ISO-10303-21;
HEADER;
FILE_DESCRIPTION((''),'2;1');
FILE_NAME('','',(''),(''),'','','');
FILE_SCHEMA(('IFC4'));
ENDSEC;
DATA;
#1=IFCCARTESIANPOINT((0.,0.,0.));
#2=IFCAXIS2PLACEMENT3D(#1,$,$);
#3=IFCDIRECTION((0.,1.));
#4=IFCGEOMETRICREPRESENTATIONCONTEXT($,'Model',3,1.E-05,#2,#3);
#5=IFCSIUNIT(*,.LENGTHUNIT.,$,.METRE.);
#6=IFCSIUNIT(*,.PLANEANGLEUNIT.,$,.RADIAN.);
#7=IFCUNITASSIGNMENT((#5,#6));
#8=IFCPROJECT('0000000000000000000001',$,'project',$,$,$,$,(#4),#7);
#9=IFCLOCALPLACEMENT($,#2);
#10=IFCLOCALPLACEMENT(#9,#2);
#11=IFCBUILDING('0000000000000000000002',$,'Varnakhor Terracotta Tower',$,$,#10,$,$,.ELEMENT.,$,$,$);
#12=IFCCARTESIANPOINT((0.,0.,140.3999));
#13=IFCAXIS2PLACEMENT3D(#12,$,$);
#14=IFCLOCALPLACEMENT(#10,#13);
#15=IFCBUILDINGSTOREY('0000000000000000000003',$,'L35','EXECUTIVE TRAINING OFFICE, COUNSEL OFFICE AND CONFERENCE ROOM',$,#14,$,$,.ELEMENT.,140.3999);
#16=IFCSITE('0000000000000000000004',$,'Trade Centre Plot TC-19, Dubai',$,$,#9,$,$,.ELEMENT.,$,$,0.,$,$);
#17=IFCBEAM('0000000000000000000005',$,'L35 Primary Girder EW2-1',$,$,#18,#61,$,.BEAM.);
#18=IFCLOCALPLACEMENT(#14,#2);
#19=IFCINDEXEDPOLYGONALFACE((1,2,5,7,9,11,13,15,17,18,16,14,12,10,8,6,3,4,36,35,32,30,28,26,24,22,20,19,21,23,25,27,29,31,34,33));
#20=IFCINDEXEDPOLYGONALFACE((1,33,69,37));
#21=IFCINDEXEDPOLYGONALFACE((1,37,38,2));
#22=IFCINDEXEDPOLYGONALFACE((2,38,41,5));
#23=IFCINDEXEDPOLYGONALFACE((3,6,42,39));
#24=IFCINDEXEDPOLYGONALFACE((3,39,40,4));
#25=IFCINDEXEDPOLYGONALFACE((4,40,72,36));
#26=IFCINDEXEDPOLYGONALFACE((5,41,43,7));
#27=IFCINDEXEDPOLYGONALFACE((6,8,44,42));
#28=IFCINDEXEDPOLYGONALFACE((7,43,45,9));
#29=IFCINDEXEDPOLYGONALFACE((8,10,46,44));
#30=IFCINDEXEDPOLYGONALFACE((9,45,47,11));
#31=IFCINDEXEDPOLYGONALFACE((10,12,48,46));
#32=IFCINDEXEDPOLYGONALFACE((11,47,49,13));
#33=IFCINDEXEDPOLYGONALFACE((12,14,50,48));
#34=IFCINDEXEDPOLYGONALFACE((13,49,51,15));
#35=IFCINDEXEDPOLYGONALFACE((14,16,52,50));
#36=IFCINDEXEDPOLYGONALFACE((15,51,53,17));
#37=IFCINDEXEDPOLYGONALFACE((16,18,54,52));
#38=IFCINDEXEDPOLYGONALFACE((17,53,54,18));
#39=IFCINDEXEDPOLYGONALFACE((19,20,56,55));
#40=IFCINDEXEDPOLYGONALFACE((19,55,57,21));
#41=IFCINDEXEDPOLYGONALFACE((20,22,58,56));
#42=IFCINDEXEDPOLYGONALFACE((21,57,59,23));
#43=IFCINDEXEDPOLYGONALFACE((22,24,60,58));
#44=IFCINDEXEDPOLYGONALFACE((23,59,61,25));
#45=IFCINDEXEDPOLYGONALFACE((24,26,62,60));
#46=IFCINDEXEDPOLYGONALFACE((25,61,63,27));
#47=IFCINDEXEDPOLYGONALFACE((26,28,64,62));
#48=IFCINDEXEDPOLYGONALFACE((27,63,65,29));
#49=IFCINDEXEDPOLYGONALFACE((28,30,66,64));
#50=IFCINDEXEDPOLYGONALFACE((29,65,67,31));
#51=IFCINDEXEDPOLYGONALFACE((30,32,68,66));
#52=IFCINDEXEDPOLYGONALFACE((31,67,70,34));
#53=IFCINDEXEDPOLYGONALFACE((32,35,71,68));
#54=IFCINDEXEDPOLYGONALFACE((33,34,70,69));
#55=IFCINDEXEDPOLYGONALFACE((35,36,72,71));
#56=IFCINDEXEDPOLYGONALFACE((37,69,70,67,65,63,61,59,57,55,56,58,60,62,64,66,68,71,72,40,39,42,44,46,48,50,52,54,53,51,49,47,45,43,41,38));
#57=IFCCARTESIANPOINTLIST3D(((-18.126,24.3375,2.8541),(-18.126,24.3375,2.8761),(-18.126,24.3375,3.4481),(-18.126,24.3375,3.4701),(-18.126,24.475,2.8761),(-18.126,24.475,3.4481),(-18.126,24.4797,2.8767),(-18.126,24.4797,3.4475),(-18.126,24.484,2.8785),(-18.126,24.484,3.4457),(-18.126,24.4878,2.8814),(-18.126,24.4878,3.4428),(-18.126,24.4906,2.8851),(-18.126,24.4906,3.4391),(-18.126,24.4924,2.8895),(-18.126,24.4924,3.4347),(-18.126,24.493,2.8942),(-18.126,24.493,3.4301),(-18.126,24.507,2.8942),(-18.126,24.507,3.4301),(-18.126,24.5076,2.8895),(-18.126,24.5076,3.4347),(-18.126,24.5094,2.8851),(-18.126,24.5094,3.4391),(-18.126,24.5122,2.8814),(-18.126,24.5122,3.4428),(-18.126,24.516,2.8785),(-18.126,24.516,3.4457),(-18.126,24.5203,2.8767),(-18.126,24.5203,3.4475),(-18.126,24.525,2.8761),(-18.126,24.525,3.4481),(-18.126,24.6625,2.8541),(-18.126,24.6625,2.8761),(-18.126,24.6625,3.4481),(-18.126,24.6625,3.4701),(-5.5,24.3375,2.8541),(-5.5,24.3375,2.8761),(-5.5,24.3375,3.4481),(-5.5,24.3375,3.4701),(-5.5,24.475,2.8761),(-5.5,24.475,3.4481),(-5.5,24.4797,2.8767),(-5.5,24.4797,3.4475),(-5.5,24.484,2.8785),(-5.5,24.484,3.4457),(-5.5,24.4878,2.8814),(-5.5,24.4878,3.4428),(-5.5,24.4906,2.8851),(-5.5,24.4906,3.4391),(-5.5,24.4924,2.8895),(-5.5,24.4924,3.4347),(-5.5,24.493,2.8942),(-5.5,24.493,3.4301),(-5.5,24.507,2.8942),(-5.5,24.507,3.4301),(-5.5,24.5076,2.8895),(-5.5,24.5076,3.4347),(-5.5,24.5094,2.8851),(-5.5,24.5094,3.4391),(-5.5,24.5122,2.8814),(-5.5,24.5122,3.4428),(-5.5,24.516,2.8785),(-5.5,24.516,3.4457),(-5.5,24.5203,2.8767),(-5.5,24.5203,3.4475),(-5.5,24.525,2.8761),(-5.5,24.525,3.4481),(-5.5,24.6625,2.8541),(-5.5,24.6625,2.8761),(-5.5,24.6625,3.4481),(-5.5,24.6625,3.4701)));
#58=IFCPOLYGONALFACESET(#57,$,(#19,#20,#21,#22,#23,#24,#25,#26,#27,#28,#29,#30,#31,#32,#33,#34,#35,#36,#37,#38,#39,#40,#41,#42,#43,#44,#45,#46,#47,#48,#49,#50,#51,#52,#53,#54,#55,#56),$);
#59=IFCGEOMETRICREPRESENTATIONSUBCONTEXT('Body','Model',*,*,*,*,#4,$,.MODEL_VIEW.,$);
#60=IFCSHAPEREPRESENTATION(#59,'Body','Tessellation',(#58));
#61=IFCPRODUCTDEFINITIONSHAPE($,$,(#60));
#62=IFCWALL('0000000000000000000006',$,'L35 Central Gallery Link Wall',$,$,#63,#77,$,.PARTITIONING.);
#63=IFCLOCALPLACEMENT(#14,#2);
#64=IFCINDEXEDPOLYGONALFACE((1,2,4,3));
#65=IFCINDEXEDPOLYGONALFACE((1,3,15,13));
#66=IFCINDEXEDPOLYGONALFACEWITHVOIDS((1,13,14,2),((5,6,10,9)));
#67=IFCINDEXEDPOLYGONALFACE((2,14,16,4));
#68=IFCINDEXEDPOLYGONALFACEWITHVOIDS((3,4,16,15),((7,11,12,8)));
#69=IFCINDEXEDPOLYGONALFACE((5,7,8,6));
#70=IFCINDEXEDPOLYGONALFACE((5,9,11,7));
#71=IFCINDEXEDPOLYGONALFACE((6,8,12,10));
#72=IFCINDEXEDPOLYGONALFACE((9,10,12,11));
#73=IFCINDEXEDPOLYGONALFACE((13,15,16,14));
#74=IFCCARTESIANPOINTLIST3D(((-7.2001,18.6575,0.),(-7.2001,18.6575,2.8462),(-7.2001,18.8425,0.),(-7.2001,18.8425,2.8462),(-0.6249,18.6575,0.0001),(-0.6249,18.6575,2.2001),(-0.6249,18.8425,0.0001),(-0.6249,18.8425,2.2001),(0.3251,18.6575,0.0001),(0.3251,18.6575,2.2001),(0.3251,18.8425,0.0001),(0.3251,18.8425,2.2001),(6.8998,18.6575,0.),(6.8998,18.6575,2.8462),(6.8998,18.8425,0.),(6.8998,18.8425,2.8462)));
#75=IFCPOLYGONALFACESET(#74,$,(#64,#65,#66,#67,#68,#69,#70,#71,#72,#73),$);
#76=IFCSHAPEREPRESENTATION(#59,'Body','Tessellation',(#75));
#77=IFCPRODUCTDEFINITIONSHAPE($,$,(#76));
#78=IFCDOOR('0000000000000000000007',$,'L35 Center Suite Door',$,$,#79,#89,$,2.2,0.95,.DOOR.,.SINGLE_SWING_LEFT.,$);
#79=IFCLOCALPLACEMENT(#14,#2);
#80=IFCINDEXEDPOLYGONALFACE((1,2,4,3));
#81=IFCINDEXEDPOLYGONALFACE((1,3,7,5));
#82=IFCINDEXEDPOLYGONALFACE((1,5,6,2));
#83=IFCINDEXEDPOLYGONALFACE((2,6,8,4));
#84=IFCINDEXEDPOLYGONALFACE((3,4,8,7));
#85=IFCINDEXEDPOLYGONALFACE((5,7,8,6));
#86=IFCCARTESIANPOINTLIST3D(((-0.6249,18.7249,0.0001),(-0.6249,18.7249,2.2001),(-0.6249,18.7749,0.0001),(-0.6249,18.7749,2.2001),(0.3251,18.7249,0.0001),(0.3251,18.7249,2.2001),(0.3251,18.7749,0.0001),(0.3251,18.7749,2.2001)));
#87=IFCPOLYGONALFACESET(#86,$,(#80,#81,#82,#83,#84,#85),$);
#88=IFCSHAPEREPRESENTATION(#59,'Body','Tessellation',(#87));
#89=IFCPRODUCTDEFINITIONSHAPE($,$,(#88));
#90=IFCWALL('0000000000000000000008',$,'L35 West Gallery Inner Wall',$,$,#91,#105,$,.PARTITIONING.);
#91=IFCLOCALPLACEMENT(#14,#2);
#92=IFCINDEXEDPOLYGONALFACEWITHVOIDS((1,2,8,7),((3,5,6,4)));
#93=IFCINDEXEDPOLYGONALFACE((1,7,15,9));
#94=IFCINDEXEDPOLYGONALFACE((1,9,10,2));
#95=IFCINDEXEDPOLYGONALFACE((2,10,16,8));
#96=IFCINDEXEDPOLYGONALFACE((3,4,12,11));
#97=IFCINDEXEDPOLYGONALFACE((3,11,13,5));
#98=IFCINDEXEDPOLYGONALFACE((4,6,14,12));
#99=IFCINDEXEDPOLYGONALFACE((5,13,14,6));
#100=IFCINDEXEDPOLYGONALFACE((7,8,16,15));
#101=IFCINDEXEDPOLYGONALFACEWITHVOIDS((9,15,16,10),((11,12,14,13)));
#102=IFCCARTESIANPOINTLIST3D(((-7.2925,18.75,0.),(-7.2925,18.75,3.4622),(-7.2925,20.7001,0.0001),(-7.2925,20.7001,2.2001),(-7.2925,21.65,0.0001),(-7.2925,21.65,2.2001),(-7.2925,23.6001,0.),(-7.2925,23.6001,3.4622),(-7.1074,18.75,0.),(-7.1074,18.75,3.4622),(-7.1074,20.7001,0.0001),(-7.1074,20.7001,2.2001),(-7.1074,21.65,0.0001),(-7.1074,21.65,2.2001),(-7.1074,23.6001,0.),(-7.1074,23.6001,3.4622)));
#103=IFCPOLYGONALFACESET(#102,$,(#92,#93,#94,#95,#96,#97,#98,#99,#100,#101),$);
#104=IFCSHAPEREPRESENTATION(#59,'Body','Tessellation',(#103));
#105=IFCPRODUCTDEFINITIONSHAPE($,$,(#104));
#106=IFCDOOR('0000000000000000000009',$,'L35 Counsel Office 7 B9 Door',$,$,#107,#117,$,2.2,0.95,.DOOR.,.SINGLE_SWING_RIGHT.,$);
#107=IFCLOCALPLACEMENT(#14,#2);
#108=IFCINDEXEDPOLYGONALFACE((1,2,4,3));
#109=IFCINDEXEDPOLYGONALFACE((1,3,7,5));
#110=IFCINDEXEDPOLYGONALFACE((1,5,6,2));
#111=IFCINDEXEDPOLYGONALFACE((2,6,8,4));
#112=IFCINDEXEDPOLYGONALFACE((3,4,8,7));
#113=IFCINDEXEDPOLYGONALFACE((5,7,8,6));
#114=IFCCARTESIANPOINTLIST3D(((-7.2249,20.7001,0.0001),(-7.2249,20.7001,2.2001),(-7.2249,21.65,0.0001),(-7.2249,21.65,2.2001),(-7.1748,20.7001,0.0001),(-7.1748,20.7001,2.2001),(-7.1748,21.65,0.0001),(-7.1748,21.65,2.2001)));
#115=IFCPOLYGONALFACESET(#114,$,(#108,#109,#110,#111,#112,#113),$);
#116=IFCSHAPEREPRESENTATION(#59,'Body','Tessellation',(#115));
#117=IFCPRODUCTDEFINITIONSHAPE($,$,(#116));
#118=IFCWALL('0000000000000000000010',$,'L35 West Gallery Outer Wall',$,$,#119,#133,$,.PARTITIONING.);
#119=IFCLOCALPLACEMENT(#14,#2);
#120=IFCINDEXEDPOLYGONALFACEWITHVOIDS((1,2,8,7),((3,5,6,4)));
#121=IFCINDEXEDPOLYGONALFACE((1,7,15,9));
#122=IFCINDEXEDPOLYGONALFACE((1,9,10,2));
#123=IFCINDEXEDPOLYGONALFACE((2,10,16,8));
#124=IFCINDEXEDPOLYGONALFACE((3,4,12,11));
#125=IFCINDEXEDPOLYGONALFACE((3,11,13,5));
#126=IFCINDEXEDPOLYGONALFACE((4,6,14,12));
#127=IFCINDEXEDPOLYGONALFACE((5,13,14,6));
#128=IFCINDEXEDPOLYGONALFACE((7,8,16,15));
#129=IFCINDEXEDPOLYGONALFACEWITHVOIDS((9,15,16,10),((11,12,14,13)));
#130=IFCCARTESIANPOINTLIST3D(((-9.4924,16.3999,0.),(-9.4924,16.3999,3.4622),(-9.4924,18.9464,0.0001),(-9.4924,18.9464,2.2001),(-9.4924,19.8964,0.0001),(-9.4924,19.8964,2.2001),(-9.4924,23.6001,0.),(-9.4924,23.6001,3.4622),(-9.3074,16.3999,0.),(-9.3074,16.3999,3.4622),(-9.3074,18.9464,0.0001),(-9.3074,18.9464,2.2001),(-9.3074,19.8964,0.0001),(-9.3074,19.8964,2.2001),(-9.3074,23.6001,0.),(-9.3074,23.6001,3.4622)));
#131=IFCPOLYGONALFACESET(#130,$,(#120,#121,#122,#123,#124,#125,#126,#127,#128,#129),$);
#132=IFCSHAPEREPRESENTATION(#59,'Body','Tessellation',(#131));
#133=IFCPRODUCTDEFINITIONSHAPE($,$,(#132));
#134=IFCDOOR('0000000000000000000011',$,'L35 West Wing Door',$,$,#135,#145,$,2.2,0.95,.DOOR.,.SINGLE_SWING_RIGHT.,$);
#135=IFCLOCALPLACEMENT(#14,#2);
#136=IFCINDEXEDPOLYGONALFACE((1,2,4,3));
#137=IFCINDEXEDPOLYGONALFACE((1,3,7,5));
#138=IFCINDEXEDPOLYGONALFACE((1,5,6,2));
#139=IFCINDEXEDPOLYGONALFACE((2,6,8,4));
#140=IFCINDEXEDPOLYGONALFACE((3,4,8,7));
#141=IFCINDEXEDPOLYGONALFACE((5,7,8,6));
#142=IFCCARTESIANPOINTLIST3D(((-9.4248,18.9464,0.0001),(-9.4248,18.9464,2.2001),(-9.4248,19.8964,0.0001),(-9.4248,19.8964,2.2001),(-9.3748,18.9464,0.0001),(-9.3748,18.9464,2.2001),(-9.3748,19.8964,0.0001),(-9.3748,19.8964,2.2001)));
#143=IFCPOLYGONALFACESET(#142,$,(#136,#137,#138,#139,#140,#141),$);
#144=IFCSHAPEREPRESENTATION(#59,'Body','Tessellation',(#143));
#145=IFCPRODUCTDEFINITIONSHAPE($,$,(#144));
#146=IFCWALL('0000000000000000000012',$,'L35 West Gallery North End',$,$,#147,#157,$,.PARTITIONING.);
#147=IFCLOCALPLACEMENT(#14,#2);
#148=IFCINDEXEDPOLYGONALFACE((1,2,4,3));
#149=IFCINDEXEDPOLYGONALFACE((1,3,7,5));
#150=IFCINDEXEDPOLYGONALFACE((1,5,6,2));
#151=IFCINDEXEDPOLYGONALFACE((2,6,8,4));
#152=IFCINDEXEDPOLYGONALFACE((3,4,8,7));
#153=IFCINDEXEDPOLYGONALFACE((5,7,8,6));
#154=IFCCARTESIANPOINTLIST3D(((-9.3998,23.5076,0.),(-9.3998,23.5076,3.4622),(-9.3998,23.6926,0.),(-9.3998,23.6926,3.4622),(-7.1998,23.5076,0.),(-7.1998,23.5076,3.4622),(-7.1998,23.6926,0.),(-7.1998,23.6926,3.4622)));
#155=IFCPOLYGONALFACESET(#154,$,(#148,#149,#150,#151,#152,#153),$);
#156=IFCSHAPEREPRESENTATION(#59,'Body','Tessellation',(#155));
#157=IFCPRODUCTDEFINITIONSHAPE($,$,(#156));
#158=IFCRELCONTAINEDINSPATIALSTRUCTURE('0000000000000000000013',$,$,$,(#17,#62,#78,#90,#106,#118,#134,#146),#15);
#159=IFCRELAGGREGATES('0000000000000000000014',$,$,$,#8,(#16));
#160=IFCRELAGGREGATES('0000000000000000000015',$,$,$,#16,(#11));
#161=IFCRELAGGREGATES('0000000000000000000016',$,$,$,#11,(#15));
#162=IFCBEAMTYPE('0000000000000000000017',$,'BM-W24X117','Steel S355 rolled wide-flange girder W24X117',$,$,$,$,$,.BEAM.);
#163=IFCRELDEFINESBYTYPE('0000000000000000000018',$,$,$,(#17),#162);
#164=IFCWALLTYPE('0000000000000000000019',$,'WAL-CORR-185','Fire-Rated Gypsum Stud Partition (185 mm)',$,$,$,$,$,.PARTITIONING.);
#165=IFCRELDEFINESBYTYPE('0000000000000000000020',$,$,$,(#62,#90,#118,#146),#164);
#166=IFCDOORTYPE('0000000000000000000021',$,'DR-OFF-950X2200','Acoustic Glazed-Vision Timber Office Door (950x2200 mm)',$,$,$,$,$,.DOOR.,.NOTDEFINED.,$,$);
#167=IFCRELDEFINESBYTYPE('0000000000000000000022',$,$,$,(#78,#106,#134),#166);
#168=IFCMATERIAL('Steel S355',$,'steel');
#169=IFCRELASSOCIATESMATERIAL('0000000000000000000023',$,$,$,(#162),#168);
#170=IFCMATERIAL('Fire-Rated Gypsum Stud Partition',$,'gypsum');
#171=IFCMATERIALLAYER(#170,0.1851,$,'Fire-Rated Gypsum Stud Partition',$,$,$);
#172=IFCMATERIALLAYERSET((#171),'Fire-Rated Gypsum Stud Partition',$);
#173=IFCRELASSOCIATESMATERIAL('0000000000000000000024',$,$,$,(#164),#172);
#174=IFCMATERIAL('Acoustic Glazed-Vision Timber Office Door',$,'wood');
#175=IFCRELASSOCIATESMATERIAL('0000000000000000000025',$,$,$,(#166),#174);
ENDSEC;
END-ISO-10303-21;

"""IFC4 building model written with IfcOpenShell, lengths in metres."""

from ifc_helpers import new_model, si_unit, direction, frame, frame_2d, origin, origin_2d, place, context, subcontext, project, spatial, rectangle, i_section, extrude, source, transform, mapped, material, layer, layer_set, material_profile, profile_set, type_object, type_shapes, element, fill, save


model = new_model("IFC4")

# Units and contexts
model_context = context("Model", 3, precision=1e-05, world=origin(), true_north=direction((0.0, 1.0)))
body_context = subcontext(model_context, "Body", "Model", "MODEL_VIEW")
ifc_project = project(units=[si_unit("LENGTHUNIT", "METRE"), si_unit("PLANEANGLEUNIT", "RADIAN")], contexts=[model_context])

# Site, building, storey
site_placement = place(None, origin())
site = spatial("IfcSite", under=ifc_project, at=site_placement, Name="Trade Centre Plot TC-19, Dubai", CompositionType="ELEMENT", RefElevation=0.0)
building_placement = place(site_placement, origin())
building = spatial("IfcBuilding", under=site, at=building_placement, Name="Varnakhor Terracotta Tower", CompositionType="ELEMENT")
storey_placement = place(building_placement, frame((0.0, 0.0, 140.3999)))
storey = spatial("IfcBuildingStorey", under=building, at=storey_placement, Name="L35", Description="EXECUTIVE TRAINING OFFICE, COUNSEL OFFICE AND CONFERENCE ROOM", CompositionType="ELEMENT", Elevation=140.3999)

# Beam
ifc_material_1 = material(Name="Steel S355", Category="steel")
ifc_material_profile_1 = material_profile(ifc_material_1, i_section(OverallWidth=0.325, OverallDepth=0.616, WebThickness=0.0139, FlangeThickness=0.022, FilletRadius=0.0181, at=origin_2d()), Name="W24X117")
ifc_profile_set_1 = profile_set([ifc_material_profile_1], Name="Steel S355")
beam_type_1 = type_object("IfcBeamType", Name="BM-W24X117", Description="Steel S355 rolled wide-flange girder W24X117", PredefinedType="BEAM", material=ifc_profile_set_1)
shared_shape_1 = source(origin(), body_context, "Body", "SweptSolid", [
    extrude(i_section(OverallWidth=0.325, OverallDepth=0.616, WebThickness=0.0139, FlangeThickness=0.022, FilletRadius=0.0181, at=origin_2d()), origin(), (0.0, 0.0, 1.0), 12.626),
])
beam_1_placement = place(storey_placement, frame((-18.126, 24.5, 3.1621), z_axis=(1.0, 0.0, 0.0), x_axis=(0.0, 1.0, 0.0)))
element("IfcBeam", 1, at=beam_1_placement, inside=storey, type_object=beam_type_1, Name="L35 Primary Girder EW2-1", PredefinedType="BEAM", context=body_context, shape_type="MappedRepresentation", body=[
    mapped(shared_shape_1, transform((0.0, 0.0, 0.0), scale=1.0)),
])

# Walls, openings, doors
ifc_material_2 = material(Name="Fire-Rated Gypsum Stud Partition", Category="gypsum")
ifc_layer_1 = layer(ifc_material_2, 0.1851, Name="Fire-Rated Gypsum Stud Partition")
ifc_layer_set_1 = layer_set([ifc_layer_1], Name="Fire-Rated Gypsum Stud Partition")
wall_type_1 = type_object("IfcWallType", Name="WAL-CORR-185", Description="Fire-Rated Gypsum Stud Partition (185 mm)", PredefinedType="PARTITIONING", material=ifc_layer_set_1)
wall_1_placement = place(storey_placement, frame((-7.2, 18.75, 0.0), z_axis=(0.0, 0.0, 1.0), x_axis=(1.0, 0.0, 0.0)))
wall_1 = element("IfcWall", 2, at=wall_1_placement, inside=storey, type_object=wall_type_1, Name="L35 Central Gallery Link Wall", PredefinedType="PARTITIONING", context=body_context, shape_type="SweptSolid", body=[
    extrude(rectangle(XDim=14.0999, YDim=0.1851, at=frame_2d((7.0498, 0.0))), origin(), (0.0, 0.0, 1.0), 2.8462),
])
opening_1_placement = place(wall_1_placement, frame((6.575, 0.0, 0.0)))
opening_1 = element("IfcOpeningElement", 3, at=opening_1_placement, cuts=wall_1, PredefinedType="OPENING", context=body_context, shape_type="SweptSolid", body=[
    extrude(rectangle(XDim=0.95, YDim=2.2, at=frame_2d((0.4751, 1.1001))), frame((0.0, 0.1025, 0.0), z_axis=(0.0, -1.0, 0.0), x_axis=(1.0, 0.0, 0.0)), (0.0, 0.0, 1.0), 0.2051),
])
ifc_material_3 = material(Name="Acoustic Glazed-Vision Timber Office Door", Category="wood")
door_type_1 = type_object("IfcDoorType", Name="DR-OFF-950X2200", Description="Acoustic Glazed-Vision Timber Office Door (950x2200 mm)", OperationType="NOTDEFINED", PredefinedType="DOOR", material=ifc_material_3)
shared_shape_2 = source(origin(), body_context, "Body", "SweptSolid", [
    extrude(rectangle(XDim=0.95, YDim=2.2, at=frame_2d((0.4751, 1.1001))), frame((0.0, 0.0249, 0.0), z_axis=(0.0, -1.0, 0.0), x_axis=(1.0, 0.0, 0.0)), (0.0, 0.0, 1.0), 0.05),
])
type_shapes(door_type_1, [shared_shape_2])
door_1_placement = place(opening_1_placement, origin())
door_1 = element("IfcDoor", 4, at=door_1_placement, inside=storey, type_object=door_type_1, Name="L35 Center Suite Door", OperationType="SINGLE_SWING_LEFT", OverallHeight=2.2, OverallWidth=0.95, PredefinedType="DOOR", context=body_context, shape_type="MappedRepresentation", body=[
    mapped(shared_shape_2, transform((0.0, 0.0, 0.0), scale=1.0)),
])
fill(opening_1, door_1)
wall_2_placement = place(storey_placement, frame((-7.2, 18.75, 0.0), z_axis=(0.0, 0.0, 1.0), x_axis=(0.0, 1.0, 0.0)))
wall_2 = element("IfcWall", 5, at=wall_2_placement, inside=storey, type_object=wall_type_1, Name="L35 West Gallery Inner Wall", PredefinedType="PARTITIONING", context=body_context, shape_type="SweptSolid", body=[
    extrude(rectangle(XDim=4.8501, YDim=0.1851, at=frame_2d((2.425, 0.0))), origin(), (0.0, 0.0, 1.0), 3.4622),
])
opening_2_placement = place(wall_2_placement, frame((1.95, 0.0, 0.0)))
opening_2 = element("IfcOpeningElement", 6, at=opening_2_placement, cuts=wall_2, PredefinedType="OPENING", context=body_context, shape_type="SweptSolid", body=[
    extrude(rectangle(XDim=0.95, YDim=2.2, at=frame_2d((0.4751, 1.1001))), frame((0.0, 0.1025, 0.0), z_axis=(0.0, -1.0, 0.0), x_axis=(1.0, 0.0, 0.0)), (0.0, 0.0, 1.0), 0.2051),
])
door_2_placement = place(opening_2_placement, origin())
door_2 = element("IfcDoor", 7, at=door_2_placement, inside=storey, type_object=door_type_1, Name="L35 Counsel Office 7 B9 Door", OperationType="SINGLE_SWING_RIGHT", OverallHeight=2.2, OverallWidth=0.95, PredefinedType="DOOR", context=body_context, shape_type="MappedRepresentation", body=[
    mapped(shared_shape_2, transform((0.0, 0.0, 0.0), scale=1.0)),
])
fill(opening_2, door_2)
wall_3_placement = place(storey_placement, frame((-9.3999, 16.3999, 0.0), z_axis=(0.0, 0.0, 1.0), x_axis=(0.0, 1.0, 0.0)))
wall_3 = element("IfcWall", 8, at=wall_3_placement, inside=storey, type_object=wall_type_1, Name="L35 West Gallery Outer Wall", PredefinedType="PARTITIONING", context=body_context, shape_type="SweptSolid", body=[
    extrude(rectangle(XDim=7.2002, YDim=0.1851, at=frame_2d((3.6001, 0.0))), origin(), (0.0, 0.0, 1.0), 3.4622),
])
opening_3_placement = place(wall_3_placement, frame((2.5464, 0.0, 0.0)))
opening_3 = element("IfcOpeningElement", 9, at=opening_3_placement, cuts=wall_3, PredefinedType="OPENING", context=body_context, shape_type="SweptSolid", body=[
    extrude(rectangle(XDim=0.95, YDim=2.2, at=frame_2d((0.4751, 1.1001))), frame((0.0, 0.1025, 0.0), z_axis=(0.0, -1.0, 0.0), x_axis=(1.0, 0.0, 0.0)), (0.0, 0.0, 1.0), 0.2051),
])
door_3_placement = place(opening_3_placement, origin())
door_3 = element("IfcDoor", 10, at=door_3_placement, inside=storey, type_object=door_type_1, Name="L35 West Wing Door", OperationType="SINGLE_SWING_RIGHT", OverallHeight=2.2, OverallWidth=0.95, PredefinedType="DOOR", context=body_context, shape_type="MappedRepresentation", body=[
    mapped(shared_shape_2, transform((0.0, 0.0, 0.0), scale=1.0)),
])
fill(opening_3, door_3)

# Wall
wall_4_placement = place(storey_placement, frame((-9.3999, 23.6001, 0.0), z_axis=(0.0, 0.0, 1.0), x_axis=(1.0, 0.0, 0.0)))
element("IfcWall", 11, at=wall_4_placement, inside=storey, type_object=wall_type_1, Name="L35 West Gallery North End", PredefinedType="PARTITIONING", context=body_context, shape_type="SweptSolid", body=[
    extrude(rectangle(XDim=2.2, YDim=0.1851, at=frame_2d((1.1001, 0.0))), origin(), (0.0, 0.0, 1.0), 3.4622),
])

save(model, "model.ifc")
